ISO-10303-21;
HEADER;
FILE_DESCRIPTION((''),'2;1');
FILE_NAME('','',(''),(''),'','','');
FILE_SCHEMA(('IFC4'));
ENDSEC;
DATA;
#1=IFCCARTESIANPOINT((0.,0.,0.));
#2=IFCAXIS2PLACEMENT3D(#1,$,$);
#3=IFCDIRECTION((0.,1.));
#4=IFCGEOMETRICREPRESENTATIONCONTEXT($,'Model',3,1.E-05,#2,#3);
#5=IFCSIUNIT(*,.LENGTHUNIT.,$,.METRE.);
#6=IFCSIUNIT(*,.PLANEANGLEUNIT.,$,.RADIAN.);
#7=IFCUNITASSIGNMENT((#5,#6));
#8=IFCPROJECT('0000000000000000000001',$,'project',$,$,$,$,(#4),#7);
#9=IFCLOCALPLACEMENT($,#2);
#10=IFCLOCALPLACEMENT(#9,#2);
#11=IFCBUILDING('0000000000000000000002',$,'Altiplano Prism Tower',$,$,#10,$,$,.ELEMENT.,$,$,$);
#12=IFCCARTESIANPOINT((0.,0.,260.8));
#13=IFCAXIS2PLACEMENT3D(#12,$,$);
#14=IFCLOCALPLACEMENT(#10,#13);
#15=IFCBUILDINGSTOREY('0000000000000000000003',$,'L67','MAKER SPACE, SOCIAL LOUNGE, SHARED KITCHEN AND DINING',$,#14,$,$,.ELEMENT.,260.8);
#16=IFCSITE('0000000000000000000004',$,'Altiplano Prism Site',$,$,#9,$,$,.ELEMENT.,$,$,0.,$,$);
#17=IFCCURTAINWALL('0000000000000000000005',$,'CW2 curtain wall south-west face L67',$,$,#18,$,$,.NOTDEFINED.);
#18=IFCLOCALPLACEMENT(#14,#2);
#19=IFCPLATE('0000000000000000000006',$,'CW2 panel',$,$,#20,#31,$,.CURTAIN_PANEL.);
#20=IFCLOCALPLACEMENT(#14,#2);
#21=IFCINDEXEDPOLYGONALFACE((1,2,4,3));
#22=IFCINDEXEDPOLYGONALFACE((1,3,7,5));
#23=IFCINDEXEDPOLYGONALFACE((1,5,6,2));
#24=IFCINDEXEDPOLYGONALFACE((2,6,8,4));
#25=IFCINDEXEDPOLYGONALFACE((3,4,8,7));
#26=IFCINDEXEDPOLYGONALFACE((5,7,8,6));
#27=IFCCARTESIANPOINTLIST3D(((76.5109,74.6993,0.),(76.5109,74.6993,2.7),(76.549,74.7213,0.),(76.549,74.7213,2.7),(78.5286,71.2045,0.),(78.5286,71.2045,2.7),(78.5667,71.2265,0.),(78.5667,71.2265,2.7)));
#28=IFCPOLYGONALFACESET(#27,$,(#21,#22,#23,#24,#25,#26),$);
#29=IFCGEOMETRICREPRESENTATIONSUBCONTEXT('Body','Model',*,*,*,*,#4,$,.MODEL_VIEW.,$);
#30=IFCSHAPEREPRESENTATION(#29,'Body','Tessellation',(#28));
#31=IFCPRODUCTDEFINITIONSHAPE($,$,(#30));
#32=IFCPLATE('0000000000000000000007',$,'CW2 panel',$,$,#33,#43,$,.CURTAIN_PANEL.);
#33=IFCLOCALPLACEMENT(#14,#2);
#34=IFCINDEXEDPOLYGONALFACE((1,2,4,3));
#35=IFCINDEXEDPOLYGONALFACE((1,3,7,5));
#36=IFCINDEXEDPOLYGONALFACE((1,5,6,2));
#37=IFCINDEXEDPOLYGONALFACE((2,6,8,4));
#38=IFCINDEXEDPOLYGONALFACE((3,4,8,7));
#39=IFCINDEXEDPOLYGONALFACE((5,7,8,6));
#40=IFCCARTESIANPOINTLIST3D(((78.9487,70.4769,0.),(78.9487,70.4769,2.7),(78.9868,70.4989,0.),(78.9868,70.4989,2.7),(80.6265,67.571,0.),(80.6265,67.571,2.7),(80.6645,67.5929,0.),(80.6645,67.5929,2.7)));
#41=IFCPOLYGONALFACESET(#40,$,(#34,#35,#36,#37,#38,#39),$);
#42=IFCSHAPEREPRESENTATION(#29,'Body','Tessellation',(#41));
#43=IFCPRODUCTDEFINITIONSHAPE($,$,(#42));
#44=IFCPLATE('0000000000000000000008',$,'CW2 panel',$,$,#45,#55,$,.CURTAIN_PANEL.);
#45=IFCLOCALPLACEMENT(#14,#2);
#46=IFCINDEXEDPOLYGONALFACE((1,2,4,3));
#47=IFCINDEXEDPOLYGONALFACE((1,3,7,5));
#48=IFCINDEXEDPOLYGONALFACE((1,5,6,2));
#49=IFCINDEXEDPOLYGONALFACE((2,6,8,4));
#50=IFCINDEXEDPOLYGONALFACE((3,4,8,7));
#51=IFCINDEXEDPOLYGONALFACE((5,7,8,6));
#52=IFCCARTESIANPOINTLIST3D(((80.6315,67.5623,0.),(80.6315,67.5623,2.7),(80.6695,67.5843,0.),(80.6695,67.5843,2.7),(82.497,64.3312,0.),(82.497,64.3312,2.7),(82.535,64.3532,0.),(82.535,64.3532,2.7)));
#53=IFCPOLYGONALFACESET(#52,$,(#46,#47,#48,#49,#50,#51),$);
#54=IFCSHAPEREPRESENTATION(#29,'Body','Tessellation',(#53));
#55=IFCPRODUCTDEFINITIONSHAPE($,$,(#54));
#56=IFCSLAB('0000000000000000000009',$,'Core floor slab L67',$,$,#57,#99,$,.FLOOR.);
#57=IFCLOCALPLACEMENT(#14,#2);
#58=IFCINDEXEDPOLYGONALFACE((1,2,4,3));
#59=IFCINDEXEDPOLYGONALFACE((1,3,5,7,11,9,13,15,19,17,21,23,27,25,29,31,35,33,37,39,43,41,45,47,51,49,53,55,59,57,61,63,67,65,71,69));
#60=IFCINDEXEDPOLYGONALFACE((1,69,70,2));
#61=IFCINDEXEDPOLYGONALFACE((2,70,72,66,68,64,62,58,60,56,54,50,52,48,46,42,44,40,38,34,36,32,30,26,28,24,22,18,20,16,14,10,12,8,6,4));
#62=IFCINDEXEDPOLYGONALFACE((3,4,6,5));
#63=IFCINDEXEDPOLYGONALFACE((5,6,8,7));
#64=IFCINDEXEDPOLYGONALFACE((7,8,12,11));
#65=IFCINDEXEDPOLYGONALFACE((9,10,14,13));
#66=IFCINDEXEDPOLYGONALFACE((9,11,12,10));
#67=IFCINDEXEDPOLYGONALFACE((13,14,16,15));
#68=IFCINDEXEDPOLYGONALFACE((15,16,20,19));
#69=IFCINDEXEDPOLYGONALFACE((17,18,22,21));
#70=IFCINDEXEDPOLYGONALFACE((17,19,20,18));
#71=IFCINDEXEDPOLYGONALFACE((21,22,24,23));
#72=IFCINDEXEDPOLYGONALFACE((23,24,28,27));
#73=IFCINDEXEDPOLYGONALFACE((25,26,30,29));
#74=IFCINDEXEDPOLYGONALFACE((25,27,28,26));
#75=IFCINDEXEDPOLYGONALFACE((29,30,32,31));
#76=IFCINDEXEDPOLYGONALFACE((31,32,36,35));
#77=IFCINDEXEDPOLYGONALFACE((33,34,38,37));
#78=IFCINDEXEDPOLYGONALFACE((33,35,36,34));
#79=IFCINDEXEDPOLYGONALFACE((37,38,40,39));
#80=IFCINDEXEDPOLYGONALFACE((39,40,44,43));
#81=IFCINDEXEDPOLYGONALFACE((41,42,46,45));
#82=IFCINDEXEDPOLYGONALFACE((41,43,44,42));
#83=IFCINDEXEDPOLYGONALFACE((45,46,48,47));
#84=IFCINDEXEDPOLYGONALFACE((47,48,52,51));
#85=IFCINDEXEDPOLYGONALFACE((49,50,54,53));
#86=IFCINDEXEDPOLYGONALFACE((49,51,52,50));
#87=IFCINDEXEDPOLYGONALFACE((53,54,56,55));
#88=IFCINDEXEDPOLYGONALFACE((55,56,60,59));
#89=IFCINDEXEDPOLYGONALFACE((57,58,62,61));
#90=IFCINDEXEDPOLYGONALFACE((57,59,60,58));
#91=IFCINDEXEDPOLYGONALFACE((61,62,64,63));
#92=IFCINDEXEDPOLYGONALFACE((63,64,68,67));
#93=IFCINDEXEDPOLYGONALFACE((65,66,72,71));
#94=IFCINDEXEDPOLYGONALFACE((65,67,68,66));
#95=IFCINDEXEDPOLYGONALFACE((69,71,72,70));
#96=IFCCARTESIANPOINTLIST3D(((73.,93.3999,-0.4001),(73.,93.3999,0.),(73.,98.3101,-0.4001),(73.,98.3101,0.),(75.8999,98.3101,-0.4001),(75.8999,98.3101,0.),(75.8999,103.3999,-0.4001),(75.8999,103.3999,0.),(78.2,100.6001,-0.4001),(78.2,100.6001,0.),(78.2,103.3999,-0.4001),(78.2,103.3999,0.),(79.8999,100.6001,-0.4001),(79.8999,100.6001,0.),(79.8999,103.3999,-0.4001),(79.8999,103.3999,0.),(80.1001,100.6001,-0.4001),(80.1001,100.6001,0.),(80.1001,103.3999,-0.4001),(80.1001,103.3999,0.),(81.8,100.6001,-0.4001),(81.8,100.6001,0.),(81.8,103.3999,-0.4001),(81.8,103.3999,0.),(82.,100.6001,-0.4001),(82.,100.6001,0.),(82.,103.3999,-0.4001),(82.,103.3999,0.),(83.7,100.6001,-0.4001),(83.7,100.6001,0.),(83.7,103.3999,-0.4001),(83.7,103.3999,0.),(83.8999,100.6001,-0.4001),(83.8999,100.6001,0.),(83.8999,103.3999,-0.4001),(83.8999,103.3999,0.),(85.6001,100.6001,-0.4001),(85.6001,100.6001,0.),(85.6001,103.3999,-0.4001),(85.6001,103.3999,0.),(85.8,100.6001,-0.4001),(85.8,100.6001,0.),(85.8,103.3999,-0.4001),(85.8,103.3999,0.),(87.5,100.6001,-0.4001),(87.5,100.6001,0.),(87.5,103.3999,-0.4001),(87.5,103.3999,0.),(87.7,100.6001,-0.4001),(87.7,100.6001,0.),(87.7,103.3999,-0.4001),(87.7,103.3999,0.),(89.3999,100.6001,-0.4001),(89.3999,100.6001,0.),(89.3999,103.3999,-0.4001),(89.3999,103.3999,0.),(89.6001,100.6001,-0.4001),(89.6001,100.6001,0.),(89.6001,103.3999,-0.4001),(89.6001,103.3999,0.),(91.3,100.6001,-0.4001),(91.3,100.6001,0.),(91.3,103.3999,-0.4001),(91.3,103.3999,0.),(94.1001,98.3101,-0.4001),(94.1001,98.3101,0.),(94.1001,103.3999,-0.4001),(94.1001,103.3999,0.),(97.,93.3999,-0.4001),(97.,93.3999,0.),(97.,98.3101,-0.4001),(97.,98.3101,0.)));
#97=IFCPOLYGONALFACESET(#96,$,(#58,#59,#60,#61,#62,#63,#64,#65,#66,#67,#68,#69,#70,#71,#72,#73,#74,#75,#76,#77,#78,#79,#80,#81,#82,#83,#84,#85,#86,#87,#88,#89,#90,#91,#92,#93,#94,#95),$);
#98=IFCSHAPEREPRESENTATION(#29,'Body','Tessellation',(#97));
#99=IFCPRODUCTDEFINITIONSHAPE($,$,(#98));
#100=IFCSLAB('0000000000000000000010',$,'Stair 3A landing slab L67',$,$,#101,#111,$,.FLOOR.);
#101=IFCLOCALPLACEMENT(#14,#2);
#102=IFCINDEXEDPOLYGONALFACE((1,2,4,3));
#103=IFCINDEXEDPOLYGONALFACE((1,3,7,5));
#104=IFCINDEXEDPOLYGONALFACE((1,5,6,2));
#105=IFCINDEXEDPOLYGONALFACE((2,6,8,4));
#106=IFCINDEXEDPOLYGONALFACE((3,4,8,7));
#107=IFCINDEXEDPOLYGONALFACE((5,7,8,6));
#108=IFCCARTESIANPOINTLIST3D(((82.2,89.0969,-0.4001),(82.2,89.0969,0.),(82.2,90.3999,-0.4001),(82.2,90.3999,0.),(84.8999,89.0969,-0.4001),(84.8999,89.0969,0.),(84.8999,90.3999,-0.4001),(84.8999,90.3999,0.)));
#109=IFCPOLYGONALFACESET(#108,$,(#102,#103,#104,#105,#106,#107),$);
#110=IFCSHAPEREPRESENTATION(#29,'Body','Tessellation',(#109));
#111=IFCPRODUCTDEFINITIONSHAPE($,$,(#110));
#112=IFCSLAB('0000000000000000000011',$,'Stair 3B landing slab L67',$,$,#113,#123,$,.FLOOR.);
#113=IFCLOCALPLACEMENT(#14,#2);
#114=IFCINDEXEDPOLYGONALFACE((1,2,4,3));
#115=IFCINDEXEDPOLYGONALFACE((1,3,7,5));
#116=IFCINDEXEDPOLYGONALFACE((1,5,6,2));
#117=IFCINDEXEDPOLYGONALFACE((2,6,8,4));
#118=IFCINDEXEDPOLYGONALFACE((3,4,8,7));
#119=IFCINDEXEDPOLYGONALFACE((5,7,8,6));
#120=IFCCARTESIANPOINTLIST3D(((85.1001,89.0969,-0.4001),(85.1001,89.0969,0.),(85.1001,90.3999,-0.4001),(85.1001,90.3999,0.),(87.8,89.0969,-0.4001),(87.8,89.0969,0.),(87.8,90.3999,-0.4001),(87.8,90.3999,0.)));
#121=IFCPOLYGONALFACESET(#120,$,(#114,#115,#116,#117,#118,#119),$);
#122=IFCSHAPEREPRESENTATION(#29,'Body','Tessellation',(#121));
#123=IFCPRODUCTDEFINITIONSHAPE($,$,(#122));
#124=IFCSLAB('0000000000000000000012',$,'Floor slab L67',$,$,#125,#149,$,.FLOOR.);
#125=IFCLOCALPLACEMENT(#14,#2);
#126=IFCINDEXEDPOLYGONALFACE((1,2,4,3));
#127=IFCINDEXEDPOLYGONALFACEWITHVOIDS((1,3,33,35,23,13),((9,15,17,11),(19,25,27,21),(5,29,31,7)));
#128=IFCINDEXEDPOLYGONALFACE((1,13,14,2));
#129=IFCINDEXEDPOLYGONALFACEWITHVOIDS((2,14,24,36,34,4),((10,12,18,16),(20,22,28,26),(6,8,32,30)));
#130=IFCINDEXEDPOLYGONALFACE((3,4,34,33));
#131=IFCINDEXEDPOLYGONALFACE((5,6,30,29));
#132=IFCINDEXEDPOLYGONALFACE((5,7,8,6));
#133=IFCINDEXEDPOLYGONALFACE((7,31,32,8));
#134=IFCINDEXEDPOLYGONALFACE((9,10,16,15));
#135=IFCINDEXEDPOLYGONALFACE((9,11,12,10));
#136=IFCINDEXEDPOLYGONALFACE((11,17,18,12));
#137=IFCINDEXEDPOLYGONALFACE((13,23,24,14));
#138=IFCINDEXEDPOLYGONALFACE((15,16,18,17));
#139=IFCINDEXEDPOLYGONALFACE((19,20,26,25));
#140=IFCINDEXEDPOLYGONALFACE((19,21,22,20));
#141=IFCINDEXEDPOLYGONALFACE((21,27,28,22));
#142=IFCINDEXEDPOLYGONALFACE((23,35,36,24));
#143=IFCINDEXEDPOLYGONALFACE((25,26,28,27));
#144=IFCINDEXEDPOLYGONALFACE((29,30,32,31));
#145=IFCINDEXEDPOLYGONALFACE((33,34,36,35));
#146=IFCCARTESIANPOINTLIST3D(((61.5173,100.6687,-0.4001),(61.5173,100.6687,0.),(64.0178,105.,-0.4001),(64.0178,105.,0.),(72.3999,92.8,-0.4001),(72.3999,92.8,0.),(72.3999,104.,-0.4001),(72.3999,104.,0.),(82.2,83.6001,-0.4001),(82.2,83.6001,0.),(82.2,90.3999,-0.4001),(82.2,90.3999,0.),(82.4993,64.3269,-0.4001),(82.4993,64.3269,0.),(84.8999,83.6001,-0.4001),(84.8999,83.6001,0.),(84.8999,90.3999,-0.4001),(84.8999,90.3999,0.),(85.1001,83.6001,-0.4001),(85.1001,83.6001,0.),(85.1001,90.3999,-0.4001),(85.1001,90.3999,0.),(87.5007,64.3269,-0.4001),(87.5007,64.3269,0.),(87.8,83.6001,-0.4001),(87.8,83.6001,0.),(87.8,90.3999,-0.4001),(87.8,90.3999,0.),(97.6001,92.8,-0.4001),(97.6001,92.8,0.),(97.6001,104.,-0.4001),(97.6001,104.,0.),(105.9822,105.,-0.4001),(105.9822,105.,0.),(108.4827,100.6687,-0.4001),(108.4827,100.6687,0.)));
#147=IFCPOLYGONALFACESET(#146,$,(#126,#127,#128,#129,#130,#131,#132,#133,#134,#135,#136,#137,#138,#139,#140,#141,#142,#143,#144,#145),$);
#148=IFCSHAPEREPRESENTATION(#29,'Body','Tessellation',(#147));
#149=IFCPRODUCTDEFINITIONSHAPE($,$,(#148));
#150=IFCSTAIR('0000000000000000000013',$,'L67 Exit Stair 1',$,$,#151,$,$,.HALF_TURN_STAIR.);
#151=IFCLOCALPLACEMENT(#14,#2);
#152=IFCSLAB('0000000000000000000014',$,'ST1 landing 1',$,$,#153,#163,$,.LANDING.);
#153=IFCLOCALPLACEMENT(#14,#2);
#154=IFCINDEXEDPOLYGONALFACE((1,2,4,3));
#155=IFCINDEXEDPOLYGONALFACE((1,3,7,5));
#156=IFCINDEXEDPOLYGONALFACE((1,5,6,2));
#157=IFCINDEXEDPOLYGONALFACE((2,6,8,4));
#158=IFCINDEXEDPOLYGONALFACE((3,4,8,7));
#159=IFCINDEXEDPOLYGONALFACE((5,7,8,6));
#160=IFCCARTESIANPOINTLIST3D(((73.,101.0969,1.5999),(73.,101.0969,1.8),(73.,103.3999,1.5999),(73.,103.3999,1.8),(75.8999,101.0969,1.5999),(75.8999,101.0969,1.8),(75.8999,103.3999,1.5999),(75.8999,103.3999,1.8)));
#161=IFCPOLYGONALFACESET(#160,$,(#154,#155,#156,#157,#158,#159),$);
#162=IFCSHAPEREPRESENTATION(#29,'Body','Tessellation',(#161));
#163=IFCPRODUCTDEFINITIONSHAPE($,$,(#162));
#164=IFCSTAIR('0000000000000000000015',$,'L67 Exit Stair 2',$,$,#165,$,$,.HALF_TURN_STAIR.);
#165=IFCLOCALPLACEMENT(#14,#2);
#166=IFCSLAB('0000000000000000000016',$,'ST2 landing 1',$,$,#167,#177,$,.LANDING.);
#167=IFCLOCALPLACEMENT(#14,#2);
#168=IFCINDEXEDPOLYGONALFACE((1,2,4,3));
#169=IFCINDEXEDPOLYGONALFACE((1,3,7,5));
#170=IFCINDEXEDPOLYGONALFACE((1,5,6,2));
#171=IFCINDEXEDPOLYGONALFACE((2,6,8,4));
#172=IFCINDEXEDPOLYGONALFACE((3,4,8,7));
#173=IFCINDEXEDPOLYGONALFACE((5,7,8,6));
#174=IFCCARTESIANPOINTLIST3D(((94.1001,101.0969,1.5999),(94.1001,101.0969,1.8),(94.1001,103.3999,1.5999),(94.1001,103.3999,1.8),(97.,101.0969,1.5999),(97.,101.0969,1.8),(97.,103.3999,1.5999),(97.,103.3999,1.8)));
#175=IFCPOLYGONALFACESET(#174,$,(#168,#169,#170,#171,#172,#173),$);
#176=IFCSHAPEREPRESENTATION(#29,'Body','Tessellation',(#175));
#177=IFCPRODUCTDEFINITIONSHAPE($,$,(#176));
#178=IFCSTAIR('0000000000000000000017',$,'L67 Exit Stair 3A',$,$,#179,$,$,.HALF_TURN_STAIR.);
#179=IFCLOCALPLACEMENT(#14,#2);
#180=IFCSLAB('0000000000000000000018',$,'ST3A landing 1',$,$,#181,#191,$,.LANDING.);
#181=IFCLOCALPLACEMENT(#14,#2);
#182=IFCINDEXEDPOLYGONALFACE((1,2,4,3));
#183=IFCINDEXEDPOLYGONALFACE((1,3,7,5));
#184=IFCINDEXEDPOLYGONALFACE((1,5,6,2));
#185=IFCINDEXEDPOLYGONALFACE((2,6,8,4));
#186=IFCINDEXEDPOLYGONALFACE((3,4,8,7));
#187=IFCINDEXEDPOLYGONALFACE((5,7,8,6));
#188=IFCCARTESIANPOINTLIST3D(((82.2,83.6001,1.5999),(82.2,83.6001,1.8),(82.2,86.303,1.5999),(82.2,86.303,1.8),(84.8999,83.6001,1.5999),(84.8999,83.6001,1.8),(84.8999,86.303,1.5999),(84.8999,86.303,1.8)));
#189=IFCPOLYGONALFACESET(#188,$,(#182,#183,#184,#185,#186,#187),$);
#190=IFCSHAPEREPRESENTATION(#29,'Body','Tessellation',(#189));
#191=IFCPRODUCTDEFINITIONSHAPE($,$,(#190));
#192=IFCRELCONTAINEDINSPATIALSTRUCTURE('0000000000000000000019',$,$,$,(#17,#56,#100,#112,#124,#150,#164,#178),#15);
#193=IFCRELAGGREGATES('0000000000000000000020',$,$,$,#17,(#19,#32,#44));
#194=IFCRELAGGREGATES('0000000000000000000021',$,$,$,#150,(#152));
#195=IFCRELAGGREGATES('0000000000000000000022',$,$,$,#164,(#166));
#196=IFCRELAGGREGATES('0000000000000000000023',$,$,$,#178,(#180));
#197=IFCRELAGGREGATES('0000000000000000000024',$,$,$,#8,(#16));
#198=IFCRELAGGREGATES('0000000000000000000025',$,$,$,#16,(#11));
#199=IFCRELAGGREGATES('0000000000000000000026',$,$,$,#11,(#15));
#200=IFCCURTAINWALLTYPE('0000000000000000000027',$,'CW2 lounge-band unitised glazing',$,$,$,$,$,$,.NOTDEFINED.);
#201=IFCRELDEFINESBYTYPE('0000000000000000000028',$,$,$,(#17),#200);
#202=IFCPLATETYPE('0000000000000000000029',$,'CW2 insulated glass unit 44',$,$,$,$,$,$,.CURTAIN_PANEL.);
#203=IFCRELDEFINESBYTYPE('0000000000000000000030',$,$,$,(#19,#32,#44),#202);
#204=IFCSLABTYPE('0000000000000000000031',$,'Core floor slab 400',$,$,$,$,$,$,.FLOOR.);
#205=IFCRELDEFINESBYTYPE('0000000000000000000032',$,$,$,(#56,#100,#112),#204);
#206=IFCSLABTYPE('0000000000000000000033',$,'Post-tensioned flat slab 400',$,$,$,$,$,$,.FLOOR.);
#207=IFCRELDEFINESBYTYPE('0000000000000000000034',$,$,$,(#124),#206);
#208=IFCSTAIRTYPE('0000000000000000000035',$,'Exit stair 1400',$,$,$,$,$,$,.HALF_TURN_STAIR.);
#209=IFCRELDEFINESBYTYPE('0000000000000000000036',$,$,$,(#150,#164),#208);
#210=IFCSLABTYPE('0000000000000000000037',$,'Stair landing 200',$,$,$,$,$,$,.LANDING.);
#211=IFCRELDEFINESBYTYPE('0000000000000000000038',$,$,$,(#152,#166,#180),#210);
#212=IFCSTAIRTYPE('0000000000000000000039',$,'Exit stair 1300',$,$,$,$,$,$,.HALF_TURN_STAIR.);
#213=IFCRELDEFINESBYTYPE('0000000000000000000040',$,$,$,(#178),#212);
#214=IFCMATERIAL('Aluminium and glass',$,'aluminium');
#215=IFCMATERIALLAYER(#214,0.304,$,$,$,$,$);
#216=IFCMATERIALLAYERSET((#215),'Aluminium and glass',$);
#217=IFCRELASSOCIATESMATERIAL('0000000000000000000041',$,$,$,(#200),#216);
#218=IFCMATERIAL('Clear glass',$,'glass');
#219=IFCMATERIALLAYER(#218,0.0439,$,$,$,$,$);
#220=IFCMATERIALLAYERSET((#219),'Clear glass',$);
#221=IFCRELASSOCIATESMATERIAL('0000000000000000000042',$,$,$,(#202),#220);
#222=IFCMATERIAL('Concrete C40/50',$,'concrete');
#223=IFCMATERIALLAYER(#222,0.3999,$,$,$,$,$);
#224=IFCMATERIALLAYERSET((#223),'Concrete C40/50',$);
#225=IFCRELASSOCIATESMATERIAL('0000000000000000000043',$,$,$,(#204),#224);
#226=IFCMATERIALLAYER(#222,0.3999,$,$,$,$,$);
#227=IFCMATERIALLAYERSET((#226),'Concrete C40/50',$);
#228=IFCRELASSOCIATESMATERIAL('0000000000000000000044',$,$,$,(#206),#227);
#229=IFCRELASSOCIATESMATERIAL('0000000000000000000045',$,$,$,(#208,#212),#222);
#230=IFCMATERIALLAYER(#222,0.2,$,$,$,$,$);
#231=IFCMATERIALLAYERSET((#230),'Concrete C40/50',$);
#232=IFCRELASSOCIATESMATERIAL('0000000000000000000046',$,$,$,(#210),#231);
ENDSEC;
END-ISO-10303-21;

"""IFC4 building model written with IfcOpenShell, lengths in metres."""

from ifc_helpers import new_model, si_unit, direction, frame, origin, origin_2d, place, context, subcontext, project, spatial, polyline, rectangle, outline, extrude, material, layer, layer_set, type_object, element, aggregate, save


model = new_model("IFC4")

# Units and contexts
model_context = context("Model", 3, precision=1e-05, world=origin(), true_north=direction((0.0, 1.0)))
body_context = subcontext(model_context, "Body", "Model", "MODEL_VIEW")
ifc_project = project(units=[si_unit("LENGTHUNIT", "METRE"), si_unit("PLANEANGLEUNIT", "RADIAN")], contexts=[model_context])

# Site, building, storey
site_placement = place(None, origin())
site = spatial("IfcSite", under=ifc_project, at=site_placement, Name="Altiplano Prism Site", CompositionType="ELEMENT", RefElevation=0.0)
building_placement = place(site_placement, origin())
building = spatial("IfcBuilding", under=site, at=building_placement, Name="Altiplano Prism Tower", CompositionType="ELEMENT")
storey_placement = place(building_placement, frame((0.0, 0.0, 260.8)))
storey = spatial("IfcBuildingStorey", under=building, at=storey_placement, Name="L67", Description="MAKER SPACE, SOCIAL LOUNGE, SHARED KITCHEN AND DINING", CompositionType="ELEMENT", Elevation=260.8)

# Curtain wall
ifc_material_1 = material(Name="Aluminium and glass", Category="aluminium")
ifc_layer_1 = layer(ifc_material_1, 0.304)
ifc_layer_set_1 = layer_set([ifc_layer_1], Name="Aluminium and glass")
curtain_wall_type = type_object("IfcCurtainWallType", Name="CW2 lounge-band unitised glazing", PredefinedType="NOTDEFINED", material=ifc_layer_set_1)
curtain_wall_1_placement = place(storey_placement, origin())
curtain_wall_1 = element("IfcCurtainWall", 1, at=curtain_wall_1_placement, inside=storey, type_object=curtain_wall_type, Name="CW2 curtain wall south-west face L67", PredefinedType="NOTDEFINED")

# Plates
ifc_material_2 = material(Name="Clear glass", Category="glass")
ifc_layer_2 = layer(ifc_material_2, 0.0439)
ifc_layer_set_2 = layer_set([ifc_layer_2], Name="Clear glass")
plate_type = type_object("IfcPlateType", Name="CW2 insulated glass unit 44", PredefinedType="CURTAIN_PANEL", material=ifc_layer_set_2)
plate_1_placement = place(storey_placement, frame((77.5388, 72.9629, 0.0), z_axis=(0.0, 0.0, 1.0), x_axis=(0.5, -0.866025, 0.0)))
plate_1 = element("IfcPlate", 2, at=plate_1_placement, type_object=plate_type, Name="CW2 panel", PredefinedType="CURTAIN_PANEL", context=body_context, shape_type="SweptSolid", body=[
    extrude(rectangle(XDim=4.0354, YDim=0.0439, at=origin_2d()), origin(), (0.0, 0.0, 1.0), 2.7),
])
plate_2_placement = place(storey_placement, frame((79.8066, 69.0349, 0.0), z_axis=(0.0, 0.0, 1.0), x_axis=(0.5, -0.866025, 0.0)))
plate_2 = element("IfcPlate", 3, at=plate_2_placement, type_object=plate_type, Name="CW2 panel", PredefinedType="CURTAIN_PANEL", context=body_context, shape_type="SweptSolid", body=[
    extrude(rectangle(XDim=3.3555, YDim=0.0439, at=origin_2d()), origin(), (0.0, 0.0, 1.0), 2.7),
])
plate_3_placement = place(storey_placement, frame((81.5833, 65.9578, 0.0), z_axis=(0.0, 0.0, 1.0), x_axis=(0.5, -0.866025, 0.0)))
plate_3 = element("IfcPlate", 4, at=plate_3_placement, type_object=plate_type, Name="CW2 panel", PredefinedType="CURTAIN_PANEL", context=body_context, shape_type="SweptSolid", body=[
    extrude(rectangle(XDim=3.731, YDim=0.0439, at=origin_2d()), origin(), (0.0, 0.0, 1.0), 2.7),
])
aggregate(curtain_wall_1, [plate_1, plate_2, plate_3])

# Slabs
ifc_material_3 = material(Name="Concrete C40/50", Category="concrete")
ifc_layer_3 = layer(ifc_material_3, 0.3999)
ifc_layer_set_3 = layer_set([ifc_layer_3], Name="Concrete C40/50")
slab_type_1 = type_object("IfcSlabType", Name="Core floor slab 400", PredefinedType="FLOOR", material=ifc_layer_set_3)
slab_1_placement = place(storey_placement, frame((0.0, 0.0, -0.4001)))
element("IfcSlab", 5, at=slab_1_placement, inside=storey, type_object=slab_type_1, Name="Core floor slab L67", PredefinedType="FLOOR", context=body_context, shape_type="SweptSolid", body=[
    extrude(outline(polyline([(97.0, 98.3101), (94.1001, 98.3101), (94.1001, 103.3999), (91.3, 103.3999), (91.3, 100.6001), (89.6001, 100.6001), (89.6001, 103.3999), (89.3999, 103.3999), (89.3999, 100.6001), (87.7, 100.6001), (87.7, 103.3999), (87.5, 103.3999), (87.5, 100.6001), (85.8, 100.6001), (85.8, 103.3999), (85.6001, 103.3999), (85.6001, 100.6001), (83.8999, 100.6001), (83.8999, 103.3999), (83.7, 103.3999), (83.7, 100.6001), (82.0, 100.6001), (82.0, 103.3999), (81.8, 103.3999), (81.8, 100.6001), (80.1001, 100.6001), (80.1001, 103.3999), (79.8999, 103.3999), (79.8999, 100.6001), (78.2, 100.6001), (78.2, 103.3999), (75.8999, 103.3999), (75.8999, 98.3101), (73.0, 98.3101), (73.0, 93.3999), (97.0, 93.3999), (97.0, 98.3101)])), origin(), (0.0, 0.0, 1.0), 0.4001),
])
slab_2_placement = place(storey_placement, frame((0.0, 0.0, -0.4001)))
element("IfcSlab", 6, at=slab_2_placement, inside=storey, type_object=slab_type_1, Name="Stair 3A landing slab L67", PredefinedType="FLOOR", context=body_context, shape_type="SweptSolid", body=[
    extrude(outline(polyline([(82.2, 89.0969), (84.8999, 89.0969), (84.8999, 90.3999), (82.2, 90.3999), (82.2, 89.0969)])), origin(), (0.0, 0.0, 1.0), 0.4001),
])
slab_3_placement = place(storey_placement, frame((0.0, 0.0, -0.4001)))
element("IfcSlab", 7, at=slab_3_placement, inside=storey, type_object=slab_type_1, Name="Stair 3B landing slab L67", PredefinedType="FLOOR", context=body_context, shape_type="SweptSolid", body=[
    extrude(outline(polyline([(85.1001, 89.0969), (87.8, 89.0969), (87.8, 90.3999), (85.1001, 90.3999), (85.1001, 89.0969)])), origin(), (0.0, 0.0, 1.0), 0.4001),
])
ifc_layer_4 = layer(ifc_material_3, 0.3999)
ifc_layer_set_4 = layer_set([ifc_layer_4], Name="Concrete C40/50")
slab_type_2 = type_object("IfcSlabType", Name="Post-tensioned flat slab 400", PredefinedType="FLOOR", material=ifc_layer_set_4)
slab_4_placement = place(storey_placement, frame((0.0, 0.0, -0.4001)))
element("IfcSlab", 8, at=slab_4_placement, inside=storey, type_object=slab_type_2, Name="Floor slab L67", PredefinedType="FLOOR", context=body_context, shape_type="SweptSolid", body=[
    extrude(outline(polyline([(82.4993, 64.3269), (61.5173, 100.6687), (64.0178, 105.0), (105.9822, 105.0), (108.4827, 100.6687), (87.5007, 64.3269), (82.4993, 64.3269)]), holes=[polyline([(72.3999, 104.0), (72.3999, 92.8), (97.6001, 92.8), (97.6001, 104.0), (72.3999, 104.0)]), polyline([(84.8999, 90.3999), (82.2, 90.3999), (82.2, 83.6001), (84.8999, 83.6001), (84.8999, 90.3999)]), polyline([(87.8, 83.6001), (87.8, 90.3999), (85.1001, 90.3999), (85.1001, 83.6001), (87.8, 83.6001)])]), origin(), (0.0, 0.0, 1.0), 0.4001),
])

# Stairs, slabs
stair_type_1 = type_object("IfcStairType", Name="Exit stair 1400", PredefinedType="HALF_TURN_STAIR", material=ifc_material_3)
stair_1_placement = place(storey_placement, origin())
stair_1 = element("IfcStair", 9, at=stair_1_placement, inside=storey, type_object=stair_type_1, Name="L67 Exit Stair 1", PredefinedType="HALF_TURN_STAIR")
ifc_layer_5 = layer(ifc_material_3, 0.2)
ifc_layer_set_5 = layer_set([ifc_layer_5], Name="Concrete C40/50")
slab_type_3 = type_object("IfcSlabType", Name="Stair landing 200", PredefinedType="LANDING", material=ifc_layer_set_5)
slab_5_placement = place(storey_placement, frame((0.0, 0.0, 1.5999)))
slab_5 = element("IfcSlab", 10, at=slab_5_placement, type_object=slab_type_3, Name="ST1 landing 1", PredefinedType="LANDING", context=body_context, shape_type="SweptSolid", body=[
    extrude(outline(polyline([(75.8999, 101.0969), (75.8999, 103.3999), (73.0, 103.3999), (73.0, 101.0969), (75.8999, 101.0969)])), origin(), (0.0, 0.0, 1.0), 0.2002),
])
aggregate(stair_1, [slab_5])
stair_2_placement = place(storey_placement, origin())
stair_2 = element("IfcStair", 11, at=stair_2_placement, inside=storey, type_object=stair_type_1, Name="L67 Exit Stair 2", PredefinedType="HALF_TURN_STAIR")
slab_6_placement = place(storey_placement, frame((0.0, 0.0, 1.5999)))
slab_6 = element("IfcSlab", 12, at=slab_6_placement, type_object=slab_type_3, Name="ST2 landing 1", PredefinedType="LANDING", context=body_context, shape_type="SweptSolid", body=[
    extrude(outline(polyline([(97.0, 101.0969), (97.0, 103.3999), (94.1001, 103.3999), (94.1001, 101.0969), (97.0, 101.0969)])), origin(), (0.0, 0.0, 1.0), 0.2002),
])
aggregate(stair_2, [slab_6])
stair_type_2 = type_object("IfcStairType", Name="Exit stair 1300", PredefinedType="HALF_TURN_STAIR", material=ifc_material_3)
stair_3_placement = place(storey_placement, origin())
stair_3 = element("IfcStair", 13, at=stair_3_placement, inside=storey, type_object=stair_type_2, Name="L67 Exit Stair 3A", PredefinedType="HALF_TURN_STAIR")
slab_7_placement = place(storey_placement, frame((0.0, 0.0, 1.5999)))
slab_7 = element("IfcSlab", 14, at=slab_7_placement, type_object=slab_type_3, Name="ST3A landing 1", PredefinedType="LANDING", context=body_context, shape_type="SweptSolid", body=[
    extrude(outline(polyline([(82.2, 86.303), (82.2, 83.6001), (84.8999, 83.6001), (84.8999, 86.303), (82.2, 86.303)])), origin(), (0.0, 0.0, 1.0), 0.2002),
])
aggregate(stair_3, [slab_7])

save(model, "model.ifc")
